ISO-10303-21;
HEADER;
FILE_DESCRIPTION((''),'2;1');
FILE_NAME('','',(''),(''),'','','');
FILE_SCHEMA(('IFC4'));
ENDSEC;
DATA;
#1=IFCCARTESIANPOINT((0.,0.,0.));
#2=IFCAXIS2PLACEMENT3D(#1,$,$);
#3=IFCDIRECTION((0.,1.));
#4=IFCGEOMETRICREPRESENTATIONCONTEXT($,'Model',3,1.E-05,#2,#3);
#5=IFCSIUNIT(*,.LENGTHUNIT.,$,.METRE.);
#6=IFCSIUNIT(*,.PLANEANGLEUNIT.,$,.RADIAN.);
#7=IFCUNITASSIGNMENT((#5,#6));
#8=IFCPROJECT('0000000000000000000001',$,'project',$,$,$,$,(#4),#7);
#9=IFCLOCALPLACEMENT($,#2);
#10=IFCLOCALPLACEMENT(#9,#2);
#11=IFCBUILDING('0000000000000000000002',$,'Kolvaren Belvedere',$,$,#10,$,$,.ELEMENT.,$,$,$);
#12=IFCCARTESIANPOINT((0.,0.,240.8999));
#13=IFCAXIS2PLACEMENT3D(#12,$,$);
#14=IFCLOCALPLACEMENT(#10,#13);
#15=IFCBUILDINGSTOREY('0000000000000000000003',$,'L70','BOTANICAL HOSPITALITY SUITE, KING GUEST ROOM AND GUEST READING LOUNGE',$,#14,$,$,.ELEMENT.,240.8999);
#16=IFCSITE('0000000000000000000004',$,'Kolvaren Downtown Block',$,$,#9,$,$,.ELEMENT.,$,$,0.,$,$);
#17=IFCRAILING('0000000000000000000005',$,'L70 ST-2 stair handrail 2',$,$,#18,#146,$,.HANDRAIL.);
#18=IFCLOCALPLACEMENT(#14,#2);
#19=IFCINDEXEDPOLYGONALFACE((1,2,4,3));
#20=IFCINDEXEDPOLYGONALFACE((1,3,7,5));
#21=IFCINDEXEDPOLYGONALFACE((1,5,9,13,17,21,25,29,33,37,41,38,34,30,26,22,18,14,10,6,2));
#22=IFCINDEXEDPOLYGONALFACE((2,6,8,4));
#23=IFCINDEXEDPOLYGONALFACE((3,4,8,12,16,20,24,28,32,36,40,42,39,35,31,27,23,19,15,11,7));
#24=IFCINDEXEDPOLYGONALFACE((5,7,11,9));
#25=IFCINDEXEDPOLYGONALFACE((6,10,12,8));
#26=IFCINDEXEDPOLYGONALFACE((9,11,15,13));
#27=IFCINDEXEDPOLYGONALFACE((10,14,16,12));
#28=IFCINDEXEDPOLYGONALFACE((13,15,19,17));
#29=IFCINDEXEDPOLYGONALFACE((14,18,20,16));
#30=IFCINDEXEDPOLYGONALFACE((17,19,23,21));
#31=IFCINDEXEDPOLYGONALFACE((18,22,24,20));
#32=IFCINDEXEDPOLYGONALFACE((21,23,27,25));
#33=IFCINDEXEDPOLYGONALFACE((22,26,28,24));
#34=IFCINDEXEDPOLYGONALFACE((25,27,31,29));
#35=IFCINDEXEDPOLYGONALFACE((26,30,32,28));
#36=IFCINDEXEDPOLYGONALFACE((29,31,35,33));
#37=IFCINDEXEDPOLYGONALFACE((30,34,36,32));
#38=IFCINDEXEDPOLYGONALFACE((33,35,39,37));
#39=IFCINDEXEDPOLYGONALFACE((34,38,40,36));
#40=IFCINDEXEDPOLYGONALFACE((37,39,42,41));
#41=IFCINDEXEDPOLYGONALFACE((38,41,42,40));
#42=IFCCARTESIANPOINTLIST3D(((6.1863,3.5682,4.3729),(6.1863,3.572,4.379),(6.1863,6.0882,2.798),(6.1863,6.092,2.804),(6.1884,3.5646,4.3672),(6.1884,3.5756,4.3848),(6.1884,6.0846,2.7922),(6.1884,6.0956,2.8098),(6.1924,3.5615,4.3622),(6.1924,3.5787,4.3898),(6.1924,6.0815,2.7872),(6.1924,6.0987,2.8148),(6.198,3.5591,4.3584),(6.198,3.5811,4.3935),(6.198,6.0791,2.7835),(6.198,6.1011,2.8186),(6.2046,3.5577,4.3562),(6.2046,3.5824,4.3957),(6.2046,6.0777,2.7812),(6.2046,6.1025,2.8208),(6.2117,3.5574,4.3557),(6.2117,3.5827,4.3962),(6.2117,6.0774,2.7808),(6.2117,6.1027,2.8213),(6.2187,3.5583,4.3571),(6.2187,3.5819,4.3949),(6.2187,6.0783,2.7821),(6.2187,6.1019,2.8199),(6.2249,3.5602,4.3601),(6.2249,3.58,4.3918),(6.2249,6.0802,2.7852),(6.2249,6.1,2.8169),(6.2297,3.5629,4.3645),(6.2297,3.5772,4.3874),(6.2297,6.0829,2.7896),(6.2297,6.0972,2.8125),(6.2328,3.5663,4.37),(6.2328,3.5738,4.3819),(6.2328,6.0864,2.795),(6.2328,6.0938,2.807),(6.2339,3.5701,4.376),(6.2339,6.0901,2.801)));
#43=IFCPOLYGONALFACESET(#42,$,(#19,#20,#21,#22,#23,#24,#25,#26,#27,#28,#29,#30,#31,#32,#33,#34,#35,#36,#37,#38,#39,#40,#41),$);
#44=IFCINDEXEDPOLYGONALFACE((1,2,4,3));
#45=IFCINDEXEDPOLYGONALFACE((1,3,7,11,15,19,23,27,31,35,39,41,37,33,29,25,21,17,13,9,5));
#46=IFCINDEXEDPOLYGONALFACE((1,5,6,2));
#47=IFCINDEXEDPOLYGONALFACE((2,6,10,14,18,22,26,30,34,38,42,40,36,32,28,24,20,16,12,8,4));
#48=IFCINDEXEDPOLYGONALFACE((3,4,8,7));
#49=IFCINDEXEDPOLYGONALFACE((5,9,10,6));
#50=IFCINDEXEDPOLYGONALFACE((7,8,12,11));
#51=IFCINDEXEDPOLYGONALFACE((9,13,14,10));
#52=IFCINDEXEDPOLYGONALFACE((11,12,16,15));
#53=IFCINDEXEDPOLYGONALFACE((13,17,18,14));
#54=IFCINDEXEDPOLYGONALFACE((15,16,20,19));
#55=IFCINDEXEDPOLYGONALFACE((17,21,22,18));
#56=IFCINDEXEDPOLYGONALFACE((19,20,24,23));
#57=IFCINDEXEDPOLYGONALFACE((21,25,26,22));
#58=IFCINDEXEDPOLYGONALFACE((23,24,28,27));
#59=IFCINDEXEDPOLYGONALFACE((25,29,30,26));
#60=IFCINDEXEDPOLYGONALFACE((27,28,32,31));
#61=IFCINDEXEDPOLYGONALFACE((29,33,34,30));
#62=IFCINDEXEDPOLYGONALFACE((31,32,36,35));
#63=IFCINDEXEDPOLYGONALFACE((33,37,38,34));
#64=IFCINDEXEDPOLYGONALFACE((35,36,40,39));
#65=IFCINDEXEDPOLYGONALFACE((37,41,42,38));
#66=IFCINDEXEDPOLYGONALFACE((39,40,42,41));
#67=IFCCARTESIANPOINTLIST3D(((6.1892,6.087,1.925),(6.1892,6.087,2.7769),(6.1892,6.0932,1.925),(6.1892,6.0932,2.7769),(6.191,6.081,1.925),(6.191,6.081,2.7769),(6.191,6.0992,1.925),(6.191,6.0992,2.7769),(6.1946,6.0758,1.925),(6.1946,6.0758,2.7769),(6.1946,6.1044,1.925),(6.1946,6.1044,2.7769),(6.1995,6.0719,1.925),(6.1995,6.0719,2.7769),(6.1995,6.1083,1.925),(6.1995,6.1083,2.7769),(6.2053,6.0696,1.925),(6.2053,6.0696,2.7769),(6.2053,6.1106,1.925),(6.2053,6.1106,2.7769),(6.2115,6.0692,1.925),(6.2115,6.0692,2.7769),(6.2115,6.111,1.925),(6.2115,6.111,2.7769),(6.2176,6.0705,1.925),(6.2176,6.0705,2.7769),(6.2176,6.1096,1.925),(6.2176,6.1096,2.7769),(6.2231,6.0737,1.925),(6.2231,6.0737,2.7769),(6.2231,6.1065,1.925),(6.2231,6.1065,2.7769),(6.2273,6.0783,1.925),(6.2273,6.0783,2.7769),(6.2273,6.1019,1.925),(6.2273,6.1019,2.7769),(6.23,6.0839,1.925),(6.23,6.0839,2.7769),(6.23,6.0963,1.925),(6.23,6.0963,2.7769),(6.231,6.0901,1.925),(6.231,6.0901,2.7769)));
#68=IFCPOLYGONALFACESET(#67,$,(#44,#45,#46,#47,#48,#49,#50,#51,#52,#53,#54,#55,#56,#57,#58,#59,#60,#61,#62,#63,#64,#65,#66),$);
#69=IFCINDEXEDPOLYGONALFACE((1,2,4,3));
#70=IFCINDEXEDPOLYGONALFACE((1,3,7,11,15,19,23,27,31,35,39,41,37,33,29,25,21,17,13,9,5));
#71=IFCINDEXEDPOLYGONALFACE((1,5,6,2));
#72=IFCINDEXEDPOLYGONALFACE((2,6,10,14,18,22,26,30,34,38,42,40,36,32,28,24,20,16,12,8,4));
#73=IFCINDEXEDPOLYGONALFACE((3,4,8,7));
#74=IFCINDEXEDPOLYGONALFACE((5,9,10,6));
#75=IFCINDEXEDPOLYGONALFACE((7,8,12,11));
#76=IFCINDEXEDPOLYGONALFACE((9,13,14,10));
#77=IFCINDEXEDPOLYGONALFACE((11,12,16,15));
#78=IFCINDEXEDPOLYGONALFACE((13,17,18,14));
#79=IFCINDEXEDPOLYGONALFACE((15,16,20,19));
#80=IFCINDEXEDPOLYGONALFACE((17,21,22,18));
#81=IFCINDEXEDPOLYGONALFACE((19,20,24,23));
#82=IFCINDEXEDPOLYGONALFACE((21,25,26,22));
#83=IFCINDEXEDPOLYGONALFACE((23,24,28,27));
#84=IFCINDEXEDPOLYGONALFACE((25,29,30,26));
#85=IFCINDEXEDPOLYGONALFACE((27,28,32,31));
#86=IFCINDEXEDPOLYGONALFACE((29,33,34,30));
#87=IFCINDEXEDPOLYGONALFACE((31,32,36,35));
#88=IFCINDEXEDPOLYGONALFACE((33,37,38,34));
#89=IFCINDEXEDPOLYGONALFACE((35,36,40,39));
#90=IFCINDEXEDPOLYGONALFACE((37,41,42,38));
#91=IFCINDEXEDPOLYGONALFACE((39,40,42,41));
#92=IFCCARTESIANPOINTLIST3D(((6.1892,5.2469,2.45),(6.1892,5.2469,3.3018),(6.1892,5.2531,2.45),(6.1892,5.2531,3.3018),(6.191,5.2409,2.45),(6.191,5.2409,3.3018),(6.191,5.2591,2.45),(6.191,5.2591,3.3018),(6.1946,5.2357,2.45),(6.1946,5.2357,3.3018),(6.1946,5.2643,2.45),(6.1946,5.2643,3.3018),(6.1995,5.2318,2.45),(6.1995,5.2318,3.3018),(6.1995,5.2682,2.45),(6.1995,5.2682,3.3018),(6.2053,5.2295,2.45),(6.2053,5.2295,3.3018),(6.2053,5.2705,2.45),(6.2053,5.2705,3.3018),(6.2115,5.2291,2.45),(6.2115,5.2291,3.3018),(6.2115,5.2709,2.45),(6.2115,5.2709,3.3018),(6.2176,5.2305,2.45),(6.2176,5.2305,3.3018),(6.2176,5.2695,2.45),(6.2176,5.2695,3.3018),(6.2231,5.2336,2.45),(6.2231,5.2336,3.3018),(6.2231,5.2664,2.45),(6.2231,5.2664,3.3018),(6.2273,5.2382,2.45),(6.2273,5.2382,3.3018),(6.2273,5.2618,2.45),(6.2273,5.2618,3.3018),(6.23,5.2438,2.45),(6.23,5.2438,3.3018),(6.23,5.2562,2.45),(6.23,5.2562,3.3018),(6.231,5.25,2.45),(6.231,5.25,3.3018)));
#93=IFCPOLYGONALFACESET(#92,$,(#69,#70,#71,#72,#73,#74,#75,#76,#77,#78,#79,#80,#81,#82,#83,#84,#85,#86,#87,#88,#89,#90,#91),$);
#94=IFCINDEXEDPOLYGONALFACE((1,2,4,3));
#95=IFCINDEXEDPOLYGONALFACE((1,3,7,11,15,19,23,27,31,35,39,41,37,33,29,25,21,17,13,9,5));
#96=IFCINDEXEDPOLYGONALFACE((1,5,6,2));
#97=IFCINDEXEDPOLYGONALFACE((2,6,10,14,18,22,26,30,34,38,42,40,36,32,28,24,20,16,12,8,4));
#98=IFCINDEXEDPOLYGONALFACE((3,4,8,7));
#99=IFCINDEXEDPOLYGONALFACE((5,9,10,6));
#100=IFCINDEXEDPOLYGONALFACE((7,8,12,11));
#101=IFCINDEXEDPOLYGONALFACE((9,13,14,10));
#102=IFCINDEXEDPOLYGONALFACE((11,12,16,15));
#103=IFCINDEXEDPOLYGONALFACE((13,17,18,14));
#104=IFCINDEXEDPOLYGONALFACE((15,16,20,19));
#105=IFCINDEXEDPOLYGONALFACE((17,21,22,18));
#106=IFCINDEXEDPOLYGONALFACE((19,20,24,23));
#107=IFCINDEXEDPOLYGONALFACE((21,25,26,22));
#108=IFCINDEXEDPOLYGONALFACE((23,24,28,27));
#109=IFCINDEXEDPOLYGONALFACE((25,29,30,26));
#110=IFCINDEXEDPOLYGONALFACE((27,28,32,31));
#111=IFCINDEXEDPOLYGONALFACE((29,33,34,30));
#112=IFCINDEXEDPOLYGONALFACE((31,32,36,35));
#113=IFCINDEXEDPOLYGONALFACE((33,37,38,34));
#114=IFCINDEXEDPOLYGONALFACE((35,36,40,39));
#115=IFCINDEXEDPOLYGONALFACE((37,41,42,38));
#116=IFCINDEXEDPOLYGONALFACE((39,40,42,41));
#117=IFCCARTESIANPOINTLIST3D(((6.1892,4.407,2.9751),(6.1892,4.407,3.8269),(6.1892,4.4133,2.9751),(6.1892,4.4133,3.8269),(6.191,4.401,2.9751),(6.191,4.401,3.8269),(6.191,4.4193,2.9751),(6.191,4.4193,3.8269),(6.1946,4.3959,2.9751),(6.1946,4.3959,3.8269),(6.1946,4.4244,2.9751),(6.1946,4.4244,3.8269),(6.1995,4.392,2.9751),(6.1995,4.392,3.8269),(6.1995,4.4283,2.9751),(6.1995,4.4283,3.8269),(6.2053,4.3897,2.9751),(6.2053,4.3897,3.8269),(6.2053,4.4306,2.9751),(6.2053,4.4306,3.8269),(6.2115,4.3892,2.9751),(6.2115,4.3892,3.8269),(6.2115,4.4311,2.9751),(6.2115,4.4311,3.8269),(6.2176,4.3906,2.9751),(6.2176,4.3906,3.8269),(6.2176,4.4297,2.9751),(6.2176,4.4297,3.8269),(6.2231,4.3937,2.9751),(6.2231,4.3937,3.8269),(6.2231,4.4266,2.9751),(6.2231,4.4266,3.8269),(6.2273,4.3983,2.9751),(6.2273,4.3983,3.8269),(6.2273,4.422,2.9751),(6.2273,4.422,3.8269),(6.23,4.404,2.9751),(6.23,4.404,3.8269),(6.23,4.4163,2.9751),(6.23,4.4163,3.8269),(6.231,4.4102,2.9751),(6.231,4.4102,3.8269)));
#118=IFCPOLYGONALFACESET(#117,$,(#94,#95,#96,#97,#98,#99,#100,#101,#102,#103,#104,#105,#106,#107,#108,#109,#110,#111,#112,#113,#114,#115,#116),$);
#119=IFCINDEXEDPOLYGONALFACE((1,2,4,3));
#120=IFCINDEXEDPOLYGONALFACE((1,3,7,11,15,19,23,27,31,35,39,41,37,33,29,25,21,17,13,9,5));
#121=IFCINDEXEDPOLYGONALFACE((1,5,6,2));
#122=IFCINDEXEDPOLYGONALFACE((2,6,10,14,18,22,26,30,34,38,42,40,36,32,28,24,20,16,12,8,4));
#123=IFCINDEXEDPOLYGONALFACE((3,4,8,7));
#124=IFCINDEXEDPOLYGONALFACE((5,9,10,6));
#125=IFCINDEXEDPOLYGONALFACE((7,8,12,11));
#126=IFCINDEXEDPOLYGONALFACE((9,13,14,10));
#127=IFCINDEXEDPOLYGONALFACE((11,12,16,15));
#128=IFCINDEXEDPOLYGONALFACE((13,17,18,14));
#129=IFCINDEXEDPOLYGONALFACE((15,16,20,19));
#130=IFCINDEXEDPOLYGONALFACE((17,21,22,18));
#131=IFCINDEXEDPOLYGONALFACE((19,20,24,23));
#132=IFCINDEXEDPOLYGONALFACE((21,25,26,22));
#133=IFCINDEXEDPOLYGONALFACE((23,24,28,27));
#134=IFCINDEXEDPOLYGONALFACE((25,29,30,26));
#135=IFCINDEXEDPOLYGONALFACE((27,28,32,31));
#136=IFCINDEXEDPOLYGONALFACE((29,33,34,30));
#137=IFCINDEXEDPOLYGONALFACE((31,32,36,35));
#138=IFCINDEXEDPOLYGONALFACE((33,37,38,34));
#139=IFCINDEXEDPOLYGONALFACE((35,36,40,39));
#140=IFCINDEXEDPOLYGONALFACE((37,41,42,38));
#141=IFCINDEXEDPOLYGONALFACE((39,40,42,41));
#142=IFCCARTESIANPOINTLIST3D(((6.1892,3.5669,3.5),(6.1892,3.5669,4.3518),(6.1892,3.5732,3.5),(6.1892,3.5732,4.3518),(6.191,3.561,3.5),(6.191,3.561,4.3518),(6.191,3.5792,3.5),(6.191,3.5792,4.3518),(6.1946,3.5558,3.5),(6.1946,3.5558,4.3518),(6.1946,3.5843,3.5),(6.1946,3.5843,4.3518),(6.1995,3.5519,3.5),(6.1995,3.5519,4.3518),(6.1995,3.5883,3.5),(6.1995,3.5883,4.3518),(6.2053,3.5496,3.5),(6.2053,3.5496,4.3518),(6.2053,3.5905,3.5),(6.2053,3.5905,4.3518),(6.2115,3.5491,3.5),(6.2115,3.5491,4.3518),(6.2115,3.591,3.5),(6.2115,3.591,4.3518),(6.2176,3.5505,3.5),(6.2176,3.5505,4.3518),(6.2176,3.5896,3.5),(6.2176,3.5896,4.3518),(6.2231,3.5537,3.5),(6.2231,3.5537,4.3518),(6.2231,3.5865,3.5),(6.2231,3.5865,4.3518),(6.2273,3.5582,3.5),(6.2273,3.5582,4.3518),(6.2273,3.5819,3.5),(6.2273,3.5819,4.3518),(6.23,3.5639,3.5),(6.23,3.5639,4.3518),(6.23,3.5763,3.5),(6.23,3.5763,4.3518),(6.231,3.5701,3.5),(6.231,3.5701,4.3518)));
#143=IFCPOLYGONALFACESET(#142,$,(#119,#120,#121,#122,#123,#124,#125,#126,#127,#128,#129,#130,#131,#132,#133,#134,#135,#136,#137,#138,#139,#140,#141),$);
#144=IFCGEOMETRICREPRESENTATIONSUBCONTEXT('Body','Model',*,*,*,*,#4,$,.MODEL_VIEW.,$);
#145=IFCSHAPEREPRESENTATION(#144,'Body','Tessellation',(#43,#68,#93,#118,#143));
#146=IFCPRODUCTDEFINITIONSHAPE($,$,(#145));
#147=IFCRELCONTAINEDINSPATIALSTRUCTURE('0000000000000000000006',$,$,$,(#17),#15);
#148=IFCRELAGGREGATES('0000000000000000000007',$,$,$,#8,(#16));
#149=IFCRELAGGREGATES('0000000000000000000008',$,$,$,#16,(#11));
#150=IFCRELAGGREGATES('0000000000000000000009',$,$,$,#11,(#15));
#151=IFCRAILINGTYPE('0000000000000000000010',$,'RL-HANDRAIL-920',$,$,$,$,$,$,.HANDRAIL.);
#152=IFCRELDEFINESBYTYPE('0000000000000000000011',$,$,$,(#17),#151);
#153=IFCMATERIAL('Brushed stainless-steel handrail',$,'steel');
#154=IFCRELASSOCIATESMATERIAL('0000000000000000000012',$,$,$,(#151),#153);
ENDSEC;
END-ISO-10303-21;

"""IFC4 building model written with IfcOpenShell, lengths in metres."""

from ifc_helpers import new_model, si_unit, direction, frame, origin, origin_2d, place, context, subcontext, project, spatial, circle, extrude, material, type_object, element, save


model = new_model("IFC4")

# Units and contexts
model_context = context("Model", 3, precision=1e-05, world=origin(), true_north=direction((0.0, 1.0)))
body_context = subcontext(model_context, "Body", "Model", "MODEL_VIEW")
ifc_project = project(units=[si_unit("LENGTHUNIT", "METRE"), si_unit("PLANEANGLEUNIT", "RADIAN")], contexts=[model_context])

# Site, building, storey
site_placement = place(None, origin())
site = spatial("IfcSite", under=ifc_project, at=site_placement, Name="Kolvaren Downtown Block", CompositionType="ELEMENT", RefElevation=0.0)
building_placement = place(site_placement, origin())
building = spatial("IfcBuilding", under=site, at=building_placement, Name="Kolvaren Belvedere", CompositionType="ELEMENT")
storey_placement = place(building_placement, frame((0.0, 0.0, 240.8999)))
storey = spatial("IfcBuildingStorey", under=building, at=storey_placement, Name="L70", Description="BOTANICAL HOSPITALITY SUITE, KING GUEST ROOM AND GUEST READING LOUNGE", CompositionType="ELEMENT", Elevation=240.8999)

# Railing
ifc_material_1 = material(Name="Brushed stainless-steel handrail", Category="steel")
railing_type = type_object("IfcRailingType", Name="RL-HANDRAIL-920", PredefinedType="HANDRAIL", material=ifc_material_1)
railing_placement = place(storey_placement, frame((6.21, 6.0901, 1.925)))
element("IfcRailing", 1, at=railing_placement, inside=storey, type_object=railing_type, Name="L70 ST-2 stair handrail 2", PredefinedType="HANDRAIL", context=body_context, shape_type="SweptSolid", body=[
    extrude(circle(Radius=0.0239, at=origin_2d()), frame((0.0, 0.0, 0.876), z_axis=(0.0, -0.848008, 0.529984), x_axis=(1.0, 0.0, 0.0)), (0.0, 0.0, 1.0), 2.9717),
    extrude(circle(Radius=0.021, at=origin_2d()), origin(), (0.0, 0.0, 1.0), 0.8518),
    extrude(circle(Radius=0.021, at=origin_2d()), frame((0.0, -0.8401, 0.5249)), (0.0, 0.0, 1.0), 0.8518),
    extrude(circle(Radius=0.021, at=origin_2d()), frame((0.0, -1.6799, 1.05)), (0.0, 0.0, 1.0), 0.8518),
    extrude(circle(Radius=0.021, at=origin_2d()), frame((0.0, -2.52, 1.575)), (0.0, 0.0, 1.0), 0.8518),
])

save(model, "model.ifc")
